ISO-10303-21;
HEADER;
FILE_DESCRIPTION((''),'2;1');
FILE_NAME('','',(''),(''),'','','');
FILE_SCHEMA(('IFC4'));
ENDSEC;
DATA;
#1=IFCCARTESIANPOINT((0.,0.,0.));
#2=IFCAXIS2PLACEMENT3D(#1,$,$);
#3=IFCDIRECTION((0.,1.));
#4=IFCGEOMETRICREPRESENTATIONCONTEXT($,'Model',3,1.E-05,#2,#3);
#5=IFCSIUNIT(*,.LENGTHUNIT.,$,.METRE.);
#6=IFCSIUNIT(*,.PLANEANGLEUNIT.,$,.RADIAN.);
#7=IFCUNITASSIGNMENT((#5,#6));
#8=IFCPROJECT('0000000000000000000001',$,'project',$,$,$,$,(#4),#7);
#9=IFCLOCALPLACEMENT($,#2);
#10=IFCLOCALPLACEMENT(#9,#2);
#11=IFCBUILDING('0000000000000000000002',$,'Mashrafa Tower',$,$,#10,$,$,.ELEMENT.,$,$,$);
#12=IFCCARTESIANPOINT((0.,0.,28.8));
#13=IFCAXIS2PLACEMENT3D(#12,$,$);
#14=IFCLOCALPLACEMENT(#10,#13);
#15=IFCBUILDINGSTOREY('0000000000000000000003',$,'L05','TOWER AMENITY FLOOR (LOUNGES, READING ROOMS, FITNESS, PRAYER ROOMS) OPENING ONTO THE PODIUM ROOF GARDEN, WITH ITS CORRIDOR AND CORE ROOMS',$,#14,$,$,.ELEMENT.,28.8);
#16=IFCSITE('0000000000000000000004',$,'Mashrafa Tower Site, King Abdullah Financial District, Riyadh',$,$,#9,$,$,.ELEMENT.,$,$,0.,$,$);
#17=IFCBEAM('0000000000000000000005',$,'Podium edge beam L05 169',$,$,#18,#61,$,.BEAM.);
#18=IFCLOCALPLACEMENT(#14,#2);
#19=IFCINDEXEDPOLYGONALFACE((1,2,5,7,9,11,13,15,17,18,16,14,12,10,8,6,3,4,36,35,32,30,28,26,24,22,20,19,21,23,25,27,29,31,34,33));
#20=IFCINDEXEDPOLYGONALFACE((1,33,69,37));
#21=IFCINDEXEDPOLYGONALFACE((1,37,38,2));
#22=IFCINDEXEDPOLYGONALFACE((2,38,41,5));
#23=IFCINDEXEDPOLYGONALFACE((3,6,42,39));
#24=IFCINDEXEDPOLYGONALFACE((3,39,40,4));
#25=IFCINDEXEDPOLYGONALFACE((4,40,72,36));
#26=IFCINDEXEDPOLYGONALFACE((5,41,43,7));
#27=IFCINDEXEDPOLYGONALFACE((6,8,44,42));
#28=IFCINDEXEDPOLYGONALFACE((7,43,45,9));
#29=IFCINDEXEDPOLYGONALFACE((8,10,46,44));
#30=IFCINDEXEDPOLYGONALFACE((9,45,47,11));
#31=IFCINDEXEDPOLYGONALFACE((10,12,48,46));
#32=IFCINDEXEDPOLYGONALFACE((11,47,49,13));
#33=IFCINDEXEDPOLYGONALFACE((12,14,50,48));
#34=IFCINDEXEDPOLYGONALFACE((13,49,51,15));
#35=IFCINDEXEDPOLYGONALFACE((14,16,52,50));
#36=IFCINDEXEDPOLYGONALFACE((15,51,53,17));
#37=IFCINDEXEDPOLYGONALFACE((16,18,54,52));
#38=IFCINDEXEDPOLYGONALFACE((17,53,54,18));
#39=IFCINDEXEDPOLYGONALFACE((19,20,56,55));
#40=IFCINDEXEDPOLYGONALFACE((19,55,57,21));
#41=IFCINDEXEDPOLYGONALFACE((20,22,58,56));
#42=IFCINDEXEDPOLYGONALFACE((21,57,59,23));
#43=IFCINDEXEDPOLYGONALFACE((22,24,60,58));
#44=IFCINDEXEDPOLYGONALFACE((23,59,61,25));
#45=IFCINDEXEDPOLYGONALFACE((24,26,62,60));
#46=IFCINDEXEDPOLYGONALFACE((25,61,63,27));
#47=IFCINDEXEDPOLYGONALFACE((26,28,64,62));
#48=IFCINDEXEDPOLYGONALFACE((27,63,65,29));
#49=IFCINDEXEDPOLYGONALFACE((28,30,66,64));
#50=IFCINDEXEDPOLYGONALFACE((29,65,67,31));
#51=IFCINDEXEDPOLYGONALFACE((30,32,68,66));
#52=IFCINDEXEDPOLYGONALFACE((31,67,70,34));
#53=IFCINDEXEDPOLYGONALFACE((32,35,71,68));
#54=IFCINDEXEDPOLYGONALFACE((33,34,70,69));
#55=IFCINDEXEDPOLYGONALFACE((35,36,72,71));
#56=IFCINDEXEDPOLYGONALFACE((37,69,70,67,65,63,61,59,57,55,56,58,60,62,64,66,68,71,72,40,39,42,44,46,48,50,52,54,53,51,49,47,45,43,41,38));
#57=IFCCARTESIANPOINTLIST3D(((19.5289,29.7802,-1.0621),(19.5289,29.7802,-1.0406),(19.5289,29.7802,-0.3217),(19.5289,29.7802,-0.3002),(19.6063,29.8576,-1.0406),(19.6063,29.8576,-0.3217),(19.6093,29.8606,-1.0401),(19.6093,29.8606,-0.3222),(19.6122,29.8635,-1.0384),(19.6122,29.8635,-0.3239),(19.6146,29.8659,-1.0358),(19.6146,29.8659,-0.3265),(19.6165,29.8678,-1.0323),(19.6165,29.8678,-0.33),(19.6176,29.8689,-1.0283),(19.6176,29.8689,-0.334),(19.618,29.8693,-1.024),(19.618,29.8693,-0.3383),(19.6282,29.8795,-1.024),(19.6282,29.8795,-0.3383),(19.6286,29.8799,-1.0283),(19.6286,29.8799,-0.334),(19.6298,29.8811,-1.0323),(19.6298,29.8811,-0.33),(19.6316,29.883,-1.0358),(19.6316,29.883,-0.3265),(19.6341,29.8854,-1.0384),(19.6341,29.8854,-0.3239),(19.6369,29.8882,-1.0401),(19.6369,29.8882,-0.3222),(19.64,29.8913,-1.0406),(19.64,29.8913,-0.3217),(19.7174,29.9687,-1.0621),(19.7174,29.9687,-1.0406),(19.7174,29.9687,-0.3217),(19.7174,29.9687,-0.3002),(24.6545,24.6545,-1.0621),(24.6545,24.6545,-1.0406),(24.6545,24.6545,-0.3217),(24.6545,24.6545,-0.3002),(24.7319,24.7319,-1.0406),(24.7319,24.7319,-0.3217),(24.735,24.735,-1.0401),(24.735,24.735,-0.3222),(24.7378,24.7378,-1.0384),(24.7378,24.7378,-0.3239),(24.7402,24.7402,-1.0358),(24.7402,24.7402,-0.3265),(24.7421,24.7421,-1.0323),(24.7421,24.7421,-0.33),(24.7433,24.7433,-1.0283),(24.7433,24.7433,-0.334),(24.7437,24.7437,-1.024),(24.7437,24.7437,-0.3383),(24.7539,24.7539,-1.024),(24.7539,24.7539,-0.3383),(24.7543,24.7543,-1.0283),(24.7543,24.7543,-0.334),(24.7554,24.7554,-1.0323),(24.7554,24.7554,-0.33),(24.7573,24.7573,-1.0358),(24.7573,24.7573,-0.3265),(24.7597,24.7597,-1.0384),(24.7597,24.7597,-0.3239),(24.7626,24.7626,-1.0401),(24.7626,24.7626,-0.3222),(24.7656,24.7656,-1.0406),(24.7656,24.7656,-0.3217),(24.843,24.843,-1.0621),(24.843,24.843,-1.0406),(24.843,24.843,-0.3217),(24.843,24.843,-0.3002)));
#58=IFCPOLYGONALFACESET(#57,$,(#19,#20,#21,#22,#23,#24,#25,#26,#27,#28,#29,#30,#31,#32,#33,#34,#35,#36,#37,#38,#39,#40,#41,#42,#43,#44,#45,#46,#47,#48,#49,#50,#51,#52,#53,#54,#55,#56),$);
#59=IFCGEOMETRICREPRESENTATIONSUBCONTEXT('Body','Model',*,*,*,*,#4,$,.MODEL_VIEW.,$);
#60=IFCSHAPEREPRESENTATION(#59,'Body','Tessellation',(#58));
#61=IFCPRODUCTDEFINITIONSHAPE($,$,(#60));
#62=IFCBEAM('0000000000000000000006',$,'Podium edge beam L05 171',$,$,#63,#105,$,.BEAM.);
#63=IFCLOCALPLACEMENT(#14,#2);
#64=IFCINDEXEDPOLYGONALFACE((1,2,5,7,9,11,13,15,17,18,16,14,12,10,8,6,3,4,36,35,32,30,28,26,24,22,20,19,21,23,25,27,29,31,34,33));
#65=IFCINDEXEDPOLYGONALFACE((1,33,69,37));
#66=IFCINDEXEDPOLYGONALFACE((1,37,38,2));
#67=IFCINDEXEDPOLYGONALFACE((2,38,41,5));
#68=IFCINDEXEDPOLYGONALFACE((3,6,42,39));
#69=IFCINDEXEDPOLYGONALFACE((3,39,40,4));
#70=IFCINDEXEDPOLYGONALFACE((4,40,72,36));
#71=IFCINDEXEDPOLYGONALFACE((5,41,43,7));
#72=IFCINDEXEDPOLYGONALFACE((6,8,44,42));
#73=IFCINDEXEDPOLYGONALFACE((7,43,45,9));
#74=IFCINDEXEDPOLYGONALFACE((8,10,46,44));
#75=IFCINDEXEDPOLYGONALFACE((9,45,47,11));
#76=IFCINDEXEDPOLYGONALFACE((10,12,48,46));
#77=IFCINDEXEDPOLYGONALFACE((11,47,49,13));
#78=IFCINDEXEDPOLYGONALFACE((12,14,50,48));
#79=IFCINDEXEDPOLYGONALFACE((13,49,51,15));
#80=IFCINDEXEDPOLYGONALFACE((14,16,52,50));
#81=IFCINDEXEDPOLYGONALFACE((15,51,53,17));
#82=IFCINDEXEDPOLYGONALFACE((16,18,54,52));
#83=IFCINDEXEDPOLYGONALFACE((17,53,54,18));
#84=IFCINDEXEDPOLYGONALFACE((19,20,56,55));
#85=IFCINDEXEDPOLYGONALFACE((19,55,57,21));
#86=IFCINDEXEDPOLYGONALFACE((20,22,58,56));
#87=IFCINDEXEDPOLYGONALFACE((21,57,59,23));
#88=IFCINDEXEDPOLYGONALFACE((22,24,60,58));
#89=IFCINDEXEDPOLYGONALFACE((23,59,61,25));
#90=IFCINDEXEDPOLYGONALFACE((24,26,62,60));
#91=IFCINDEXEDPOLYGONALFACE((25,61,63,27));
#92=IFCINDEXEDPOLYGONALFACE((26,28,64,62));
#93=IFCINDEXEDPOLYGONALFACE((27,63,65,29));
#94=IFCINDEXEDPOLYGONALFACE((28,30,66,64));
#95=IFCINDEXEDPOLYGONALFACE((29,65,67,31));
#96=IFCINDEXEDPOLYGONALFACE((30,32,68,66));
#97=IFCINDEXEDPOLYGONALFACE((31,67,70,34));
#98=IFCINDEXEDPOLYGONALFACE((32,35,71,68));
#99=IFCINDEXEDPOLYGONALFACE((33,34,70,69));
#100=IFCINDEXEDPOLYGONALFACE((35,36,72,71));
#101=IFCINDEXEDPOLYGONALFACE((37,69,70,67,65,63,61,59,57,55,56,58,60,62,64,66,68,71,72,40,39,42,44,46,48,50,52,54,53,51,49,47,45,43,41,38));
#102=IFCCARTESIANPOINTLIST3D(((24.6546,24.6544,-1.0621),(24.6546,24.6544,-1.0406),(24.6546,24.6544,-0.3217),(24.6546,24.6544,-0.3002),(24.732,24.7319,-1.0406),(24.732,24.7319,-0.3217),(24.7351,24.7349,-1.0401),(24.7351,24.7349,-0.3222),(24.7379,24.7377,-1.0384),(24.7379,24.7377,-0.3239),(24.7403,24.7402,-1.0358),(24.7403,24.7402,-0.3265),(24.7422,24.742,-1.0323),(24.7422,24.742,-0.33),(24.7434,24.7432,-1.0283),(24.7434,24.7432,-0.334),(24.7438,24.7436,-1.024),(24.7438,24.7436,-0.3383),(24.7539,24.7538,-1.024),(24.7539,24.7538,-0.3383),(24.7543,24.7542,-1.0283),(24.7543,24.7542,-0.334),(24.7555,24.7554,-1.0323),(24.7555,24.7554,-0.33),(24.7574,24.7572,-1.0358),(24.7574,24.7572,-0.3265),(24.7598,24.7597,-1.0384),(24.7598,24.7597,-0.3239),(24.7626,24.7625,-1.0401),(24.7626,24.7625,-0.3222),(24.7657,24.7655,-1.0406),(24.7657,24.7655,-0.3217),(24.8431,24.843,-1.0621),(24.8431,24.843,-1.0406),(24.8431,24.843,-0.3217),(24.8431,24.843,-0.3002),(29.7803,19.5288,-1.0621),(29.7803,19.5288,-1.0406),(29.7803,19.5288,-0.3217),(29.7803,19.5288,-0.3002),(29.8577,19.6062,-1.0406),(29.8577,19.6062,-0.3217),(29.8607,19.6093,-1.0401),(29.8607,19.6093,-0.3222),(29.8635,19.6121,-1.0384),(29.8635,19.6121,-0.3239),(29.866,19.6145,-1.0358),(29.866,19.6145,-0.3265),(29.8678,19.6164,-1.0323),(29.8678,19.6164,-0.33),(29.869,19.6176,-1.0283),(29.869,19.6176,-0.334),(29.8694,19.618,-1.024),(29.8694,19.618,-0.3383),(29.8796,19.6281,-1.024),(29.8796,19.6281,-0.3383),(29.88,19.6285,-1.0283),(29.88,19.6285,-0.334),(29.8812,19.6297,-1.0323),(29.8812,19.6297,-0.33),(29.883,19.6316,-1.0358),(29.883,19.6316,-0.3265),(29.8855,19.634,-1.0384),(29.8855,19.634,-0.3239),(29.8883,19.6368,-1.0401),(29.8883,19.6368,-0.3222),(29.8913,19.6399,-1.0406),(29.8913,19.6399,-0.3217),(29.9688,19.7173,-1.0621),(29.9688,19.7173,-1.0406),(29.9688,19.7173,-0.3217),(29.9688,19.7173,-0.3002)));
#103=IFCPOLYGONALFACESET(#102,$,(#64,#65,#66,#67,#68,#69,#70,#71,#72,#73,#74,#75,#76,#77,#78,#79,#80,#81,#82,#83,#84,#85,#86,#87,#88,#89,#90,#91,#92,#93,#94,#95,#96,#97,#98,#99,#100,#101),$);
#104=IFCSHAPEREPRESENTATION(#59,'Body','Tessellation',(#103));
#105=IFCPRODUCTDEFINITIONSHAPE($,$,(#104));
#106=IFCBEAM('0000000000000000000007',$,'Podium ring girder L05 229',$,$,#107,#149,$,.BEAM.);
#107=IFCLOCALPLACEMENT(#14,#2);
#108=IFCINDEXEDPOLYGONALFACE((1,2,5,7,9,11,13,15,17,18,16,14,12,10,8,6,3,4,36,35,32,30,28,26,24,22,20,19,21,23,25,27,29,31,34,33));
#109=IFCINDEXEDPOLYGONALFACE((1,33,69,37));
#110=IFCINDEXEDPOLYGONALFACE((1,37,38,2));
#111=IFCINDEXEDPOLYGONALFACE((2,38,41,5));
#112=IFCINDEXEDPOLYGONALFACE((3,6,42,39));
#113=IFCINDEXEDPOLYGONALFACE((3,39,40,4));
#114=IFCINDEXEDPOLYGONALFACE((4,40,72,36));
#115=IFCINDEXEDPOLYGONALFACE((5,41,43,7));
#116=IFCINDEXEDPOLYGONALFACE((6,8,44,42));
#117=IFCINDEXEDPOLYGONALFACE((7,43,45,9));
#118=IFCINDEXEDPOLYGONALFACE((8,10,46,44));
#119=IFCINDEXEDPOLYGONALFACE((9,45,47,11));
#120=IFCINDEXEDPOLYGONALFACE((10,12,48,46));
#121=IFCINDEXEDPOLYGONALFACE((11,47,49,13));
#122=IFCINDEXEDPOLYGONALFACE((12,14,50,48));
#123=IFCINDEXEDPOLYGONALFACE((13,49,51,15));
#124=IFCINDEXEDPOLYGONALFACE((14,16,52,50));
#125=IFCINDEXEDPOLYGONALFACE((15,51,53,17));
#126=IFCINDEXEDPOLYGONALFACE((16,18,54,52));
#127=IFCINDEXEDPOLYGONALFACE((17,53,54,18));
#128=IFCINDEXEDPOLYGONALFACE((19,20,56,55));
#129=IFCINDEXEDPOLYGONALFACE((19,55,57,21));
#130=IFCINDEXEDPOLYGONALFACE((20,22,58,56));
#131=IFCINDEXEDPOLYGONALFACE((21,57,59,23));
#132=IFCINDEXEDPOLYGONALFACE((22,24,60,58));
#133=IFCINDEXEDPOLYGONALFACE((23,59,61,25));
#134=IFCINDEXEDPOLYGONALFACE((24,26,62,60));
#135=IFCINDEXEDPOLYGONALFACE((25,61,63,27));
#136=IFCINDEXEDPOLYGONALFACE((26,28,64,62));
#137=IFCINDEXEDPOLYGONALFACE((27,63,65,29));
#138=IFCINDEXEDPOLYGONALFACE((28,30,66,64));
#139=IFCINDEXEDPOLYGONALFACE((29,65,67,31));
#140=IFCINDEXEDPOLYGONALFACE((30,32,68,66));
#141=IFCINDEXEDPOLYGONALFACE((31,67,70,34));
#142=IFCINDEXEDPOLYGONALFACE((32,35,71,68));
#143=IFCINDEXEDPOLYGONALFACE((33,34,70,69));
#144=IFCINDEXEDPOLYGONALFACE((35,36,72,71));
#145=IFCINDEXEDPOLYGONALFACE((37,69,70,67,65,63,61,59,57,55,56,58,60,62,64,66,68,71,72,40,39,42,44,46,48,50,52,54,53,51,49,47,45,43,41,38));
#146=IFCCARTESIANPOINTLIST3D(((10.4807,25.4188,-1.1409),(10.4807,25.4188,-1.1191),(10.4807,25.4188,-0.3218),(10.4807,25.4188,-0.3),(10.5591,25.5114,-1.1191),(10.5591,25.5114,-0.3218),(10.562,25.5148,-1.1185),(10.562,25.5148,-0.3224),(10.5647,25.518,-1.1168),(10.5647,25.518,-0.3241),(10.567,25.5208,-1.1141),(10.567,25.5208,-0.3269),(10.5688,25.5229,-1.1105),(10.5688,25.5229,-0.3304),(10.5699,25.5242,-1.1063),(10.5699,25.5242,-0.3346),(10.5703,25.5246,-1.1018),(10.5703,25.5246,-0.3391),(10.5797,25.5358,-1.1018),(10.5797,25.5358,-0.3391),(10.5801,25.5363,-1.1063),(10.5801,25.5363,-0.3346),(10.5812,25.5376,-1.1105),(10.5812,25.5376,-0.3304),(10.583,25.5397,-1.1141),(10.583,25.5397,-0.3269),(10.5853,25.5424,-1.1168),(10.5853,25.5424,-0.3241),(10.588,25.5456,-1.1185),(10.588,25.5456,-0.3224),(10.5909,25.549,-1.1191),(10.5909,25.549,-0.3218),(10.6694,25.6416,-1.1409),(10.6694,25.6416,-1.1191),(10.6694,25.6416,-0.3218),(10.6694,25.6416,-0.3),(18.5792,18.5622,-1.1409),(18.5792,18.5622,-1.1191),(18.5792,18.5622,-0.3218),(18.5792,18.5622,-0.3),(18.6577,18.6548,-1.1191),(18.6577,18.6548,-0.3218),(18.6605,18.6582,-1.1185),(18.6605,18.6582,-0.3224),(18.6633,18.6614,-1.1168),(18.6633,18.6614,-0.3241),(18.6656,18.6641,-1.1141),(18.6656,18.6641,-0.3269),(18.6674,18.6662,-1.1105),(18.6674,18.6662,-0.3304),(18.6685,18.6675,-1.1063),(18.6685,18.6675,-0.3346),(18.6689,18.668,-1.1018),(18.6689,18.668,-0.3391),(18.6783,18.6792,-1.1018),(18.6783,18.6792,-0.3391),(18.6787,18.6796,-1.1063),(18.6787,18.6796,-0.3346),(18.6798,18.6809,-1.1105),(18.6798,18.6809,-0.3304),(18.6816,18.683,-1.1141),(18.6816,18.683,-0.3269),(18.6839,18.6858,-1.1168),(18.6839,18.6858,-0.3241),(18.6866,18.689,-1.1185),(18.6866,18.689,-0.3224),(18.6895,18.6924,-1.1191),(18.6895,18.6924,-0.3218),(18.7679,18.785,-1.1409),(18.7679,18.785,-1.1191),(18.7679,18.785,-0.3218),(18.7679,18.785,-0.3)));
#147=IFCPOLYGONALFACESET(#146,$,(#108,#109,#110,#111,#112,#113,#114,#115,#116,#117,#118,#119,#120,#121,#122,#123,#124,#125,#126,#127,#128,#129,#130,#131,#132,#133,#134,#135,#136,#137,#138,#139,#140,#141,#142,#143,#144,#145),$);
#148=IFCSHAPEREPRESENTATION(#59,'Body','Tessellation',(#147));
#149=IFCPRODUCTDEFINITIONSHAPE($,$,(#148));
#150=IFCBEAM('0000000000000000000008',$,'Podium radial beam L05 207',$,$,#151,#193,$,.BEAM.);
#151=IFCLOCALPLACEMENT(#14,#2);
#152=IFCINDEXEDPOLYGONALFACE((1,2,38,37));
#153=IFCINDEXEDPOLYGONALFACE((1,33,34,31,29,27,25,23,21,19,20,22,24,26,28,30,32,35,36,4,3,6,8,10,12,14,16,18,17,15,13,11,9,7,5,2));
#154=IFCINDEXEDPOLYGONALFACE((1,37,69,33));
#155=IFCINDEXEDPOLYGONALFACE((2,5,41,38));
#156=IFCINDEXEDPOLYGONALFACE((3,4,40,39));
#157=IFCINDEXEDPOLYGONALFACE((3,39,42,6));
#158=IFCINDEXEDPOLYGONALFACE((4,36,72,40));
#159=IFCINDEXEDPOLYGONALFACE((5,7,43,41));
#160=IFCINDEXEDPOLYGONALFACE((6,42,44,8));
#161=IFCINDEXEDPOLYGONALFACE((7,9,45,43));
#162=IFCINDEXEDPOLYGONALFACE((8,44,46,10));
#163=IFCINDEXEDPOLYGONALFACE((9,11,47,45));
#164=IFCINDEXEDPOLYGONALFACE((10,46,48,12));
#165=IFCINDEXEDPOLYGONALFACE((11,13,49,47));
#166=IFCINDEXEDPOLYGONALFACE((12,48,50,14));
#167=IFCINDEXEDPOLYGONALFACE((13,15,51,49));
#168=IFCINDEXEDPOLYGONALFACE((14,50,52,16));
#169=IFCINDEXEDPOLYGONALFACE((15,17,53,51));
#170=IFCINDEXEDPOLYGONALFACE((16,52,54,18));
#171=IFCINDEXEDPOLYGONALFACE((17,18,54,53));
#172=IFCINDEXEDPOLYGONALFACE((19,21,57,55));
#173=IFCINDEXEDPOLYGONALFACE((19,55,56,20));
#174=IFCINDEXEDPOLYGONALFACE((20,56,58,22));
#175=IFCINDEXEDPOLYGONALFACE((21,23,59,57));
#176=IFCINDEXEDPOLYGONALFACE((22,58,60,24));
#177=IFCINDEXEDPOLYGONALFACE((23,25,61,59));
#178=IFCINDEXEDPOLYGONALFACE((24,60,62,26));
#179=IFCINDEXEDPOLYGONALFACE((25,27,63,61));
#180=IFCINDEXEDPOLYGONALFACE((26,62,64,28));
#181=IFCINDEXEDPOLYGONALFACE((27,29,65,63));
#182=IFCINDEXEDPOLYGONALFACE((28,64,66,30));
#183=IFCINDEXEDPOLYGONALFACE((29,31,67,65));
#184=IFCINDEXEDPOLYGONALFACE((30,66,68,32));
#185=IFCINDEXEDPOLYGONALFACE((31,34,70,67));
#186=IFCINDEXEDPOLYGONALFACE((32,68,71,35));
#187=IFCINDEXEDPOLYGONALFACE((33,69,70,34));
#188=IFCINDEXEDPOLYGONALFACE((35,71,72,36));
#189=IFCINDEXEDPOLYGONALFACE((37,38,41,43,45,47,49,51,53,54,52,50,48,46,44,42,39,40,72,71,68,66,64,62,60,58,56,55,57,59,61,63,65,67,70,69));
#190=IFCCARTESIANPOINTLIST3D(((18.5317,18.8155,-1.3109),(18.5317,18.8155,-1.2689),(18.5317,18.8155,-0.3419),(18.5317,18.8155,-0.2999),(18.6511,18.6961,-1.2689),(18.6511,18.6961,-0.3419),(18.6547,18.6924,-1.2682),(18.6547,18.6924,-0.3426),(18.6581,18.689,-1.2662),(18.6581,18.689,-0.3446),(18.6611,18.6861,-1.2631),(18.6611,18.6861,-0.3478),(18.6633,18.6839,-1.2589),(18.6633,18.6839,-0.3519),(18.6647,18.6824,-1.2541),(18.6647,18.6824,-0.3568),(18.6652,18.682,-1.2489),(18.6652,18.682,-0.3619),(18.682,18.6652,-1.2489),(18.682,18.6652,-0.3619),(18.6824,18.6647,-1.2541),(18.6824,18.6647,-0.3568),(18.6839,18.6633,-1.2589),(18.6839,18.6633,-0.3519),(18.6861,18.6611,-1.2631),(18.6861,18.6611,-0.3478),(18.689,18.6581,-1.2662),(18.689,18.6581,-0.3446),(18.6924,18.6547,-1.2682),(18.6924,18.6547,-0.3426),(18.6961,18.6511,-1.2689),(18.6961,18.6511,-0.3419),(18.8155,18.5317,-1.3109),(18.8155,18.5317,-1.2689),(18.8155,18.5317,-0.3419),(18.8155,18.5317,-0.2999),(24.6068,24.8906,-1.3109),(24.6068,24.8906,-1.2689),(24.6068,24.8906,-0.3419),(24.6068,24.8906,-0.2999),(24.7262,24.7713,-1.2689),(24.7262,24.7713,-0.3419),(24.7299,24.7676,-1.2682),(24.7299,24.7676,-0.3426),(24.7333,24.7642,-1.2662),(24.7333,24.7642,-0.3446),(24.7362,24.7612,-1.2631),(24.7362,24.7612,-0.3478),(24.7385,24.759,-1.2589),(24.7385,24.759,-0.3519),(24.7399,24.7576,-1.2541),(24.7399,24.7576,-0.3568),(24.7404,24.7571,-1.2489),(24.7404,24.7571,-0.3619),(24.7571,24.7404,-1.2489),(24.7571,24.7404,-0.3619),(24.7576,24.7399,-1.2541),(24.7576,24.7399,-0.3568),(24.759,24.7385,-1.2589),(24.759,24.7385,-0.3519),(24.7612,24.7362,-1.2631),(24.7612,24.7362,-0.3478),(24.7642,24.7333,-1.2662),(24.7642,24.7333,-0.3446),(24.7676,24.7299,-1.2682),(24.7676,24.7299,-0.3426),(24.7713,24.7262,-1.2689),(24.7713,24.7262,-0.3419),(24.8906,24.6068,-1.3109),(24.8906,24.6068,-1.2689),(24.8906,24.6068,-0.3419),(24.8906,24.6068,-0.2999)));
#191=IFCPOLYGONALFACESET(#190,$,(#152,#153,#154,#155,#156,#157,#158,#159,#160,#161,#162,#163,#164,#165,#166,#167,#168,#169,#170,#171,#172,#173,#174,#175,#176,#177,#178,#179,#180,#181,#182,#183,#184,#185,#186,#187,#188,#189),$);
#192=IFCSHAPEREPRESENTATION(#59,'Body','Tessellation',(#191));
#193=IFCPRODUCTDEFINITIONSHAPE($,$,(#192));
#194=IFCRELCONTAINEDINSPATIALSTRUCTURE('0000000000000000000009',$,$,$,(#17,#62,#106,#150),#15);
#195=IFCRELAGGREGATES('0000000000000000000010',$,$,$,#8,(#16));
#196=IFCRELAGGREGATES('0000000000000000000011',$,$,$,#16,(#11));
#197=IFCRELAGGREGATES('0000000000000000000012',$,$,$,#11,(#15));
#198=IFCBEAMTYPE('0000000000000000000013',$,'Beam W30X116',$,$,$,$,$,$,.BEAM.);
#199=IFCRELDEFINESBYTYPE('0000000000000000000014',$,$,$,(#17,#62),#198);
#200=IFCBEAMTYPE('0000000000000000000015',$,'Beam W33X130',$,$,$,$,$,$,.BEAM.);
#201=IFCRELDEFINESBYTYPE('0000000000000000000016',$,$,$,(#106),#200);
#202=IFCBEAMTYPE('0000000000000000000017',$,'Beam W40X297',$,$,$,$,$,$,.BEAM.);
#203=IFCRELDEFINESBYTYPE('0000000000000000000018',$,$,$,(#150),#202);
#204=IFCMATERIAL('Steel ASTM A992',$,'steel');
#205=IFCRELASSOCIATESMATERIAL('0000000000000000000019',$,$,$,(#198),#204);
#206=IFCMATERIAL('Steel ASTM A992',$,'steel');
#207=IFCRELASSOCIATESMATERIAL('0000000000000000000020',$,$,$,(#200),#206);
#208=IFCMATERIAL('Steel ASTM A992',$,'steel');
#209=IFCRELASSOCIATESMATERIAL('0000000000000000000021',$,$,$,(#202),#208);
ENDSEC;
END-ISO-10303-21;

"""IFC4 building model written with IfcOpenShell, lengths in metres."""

from ifc_helpers import new_model, si_unit, direction, frame, origin, origin_2d, place, context, subcontext, project, spatial, i_section, extrude, material, material_profile, profile_set, type_object, element, save


model = new_model("IFC4")

# Units and contexts
model_context = context("Model", 3, precision=1e-05, world=origin(), true_north=direction((0.0, 1.0)))
body_context = subcontext(model_context, "Body", "Model", "MODEL_VIEW")
ifc_project = project(units=[si_unit("LENGTHUNIT", "METRE"), si_unit("PLANEANGLEUNIT", "RADIAN")], contexts=[model_context])

# Site, building, storey
site_placement = place(None, origin())
site = spatial("IfcSite", under=ifc_project, at=site_placement, Name="Mashrafa Tower Site, King Abdullah Financial District, Riyadh", CompositionType="ELEMENT", RefElevation=0.0)
building_placement = place(site_placement, origin())
building = spatial("IfcBuilding", under=site, at=building_placement, Name="Mashrafa Tower", CompositionType="ELEMENT")
storey_placement = place(building_placement, frame((0.0, 0.0, 28.8)))
storey = spatial("IfcBuildingStorey", under=building, at=storey_placement, Name="L05", Description="TOWER AMENITY FLOOR (LOUNGES, READING ROOMS, FITNESS, PRAYER ROOMS) OPENING ONTO THE PODIUM ROOF GARDEN, WITH ITS CORRIDOR AND CORE ROOMS", CompositionType="ELEMENT", Elevation=28.8)

# Beams
ifc_material_1 = material(Name="Steel ASTM A992", Category="steel")
ifc_material_profile_1 = material_profile(ifc_material_1, i_section(OverallWidth=0.2666, OverallDepth=0.762, WebThickness=0.0144, FlangeThickness=0.0215, FilletRadius=0.0166, at=origin_2d()), Name="W30X116")
ifc_profile_set_1 = profile_set([ifc_material_profile_1], Name="Steel ASTM A992")
beam_type_1 = type_object("IfcBeamType", Name="Beam W30X116", PredefinedType="BEAM", material=ifc_profile_set_1)
for number, where, z_axis, x_axis, name in (
    (1, (24.7488, 24.7488, -0.6812), (-0.707107, 0.707107, 0.0), (-0.707107, -0.707107, 0.0), "Podium edge beam L05 169"),
    (2, (29.8745, 19.623, -0.6812), (-0.707107, 0.707107, 0.0), (-0.707107, -0.707107, 0.0), "Podium edge beam L05 171"),
):
    element("IfcBeam", number, at=place(storey_placement, frame(where, z_axis=z_axis, x_axis=x_axis)), inside=storey, type_object=beam_type_1, Name=name, PredefinedType="BEAM", context=body_context, shape_type="SweptSolid", body=[
        extrude(i_section(OverallWidth=0.2666, OverallDepth=0.762, WebThickness=0.0144, FlangeThickness=0.0215, FilletRadius=0.0166, at=origin_2d()), origin(), (0.0, 0.0, 1.0), 7.2488),
    ])
ifc_material_2 = material(Name="Steel ASTM A992", Category="steel")
ifc_material_profile_2 = material_profile(ifc_material_2, i_section(OverallWidth=0.292, OverallDepth=0.8408, WebThickness=0.0146, FlangeThickness=0.0217, FilletRadius=0.0173, at=origin_2d()), Name="W33X130")
ifc_profile_set_2 = profile_set([ifc_material_profile_2], Name="Steel ASTM A992")
beam_type_2 = type_object("IfcBeamType", Name="Beam W33X130", PredefinedType="BEAM", material=ifc_profile_set_2)
beam_1_placement = place(storey_placement, frame((18.6736, 18.6736, -0.7205), z_axis=(-0.7632, 0.646162, 0.0), x_axis=(-0.646162, -0.7632, 0.0)))
element("IfcBeam", 3, at=beam_1_placement, inside=storey, type_object=beam_type_2, Name="Podium ring girder L05 229", PredefinedType="BEAM", context=body_context, shape_type="SweptSolid", body=[
    extrude(i_section(OverallWidth=0.292, OverallDepth=0.8408, WebThickness=0.0146, FlangeThickness=0.0217, FilletRadius=0.0173, at=origin_2d()), origin(), (0.0, 0.0, 1.0), 10.6113),
])
ifc_material_3 = material(Name="Steel ASTM A992", Category="steel")
ifc_material_profile_3 = material_profile(ifc_material_3, i_section(OverallWidth=0.4014, OverallDepth=1.011, WebThickness=0.0237, FlangeThickness=0.042, FilletRadius=0.02, at=origin_2d()), Name="W40X297")
ifc_profile_set_3 = profile_set([ifc_material_profile_3], Name="Steel ASTM A992")
beam_type_3 = type_object("IfcBeamType", Name="Beam W40X297", PredefinedType="BEAM", material=ifc_profile_set_3)
beam_2_placement = place(storey_placement, frame((18.6736, 18.6736, -0.8054), z_axis=(0.707107, 0.707107, 0.0), x_axis=(-0.707107, 0.707107, 0.0)))
element("IfcBeam", 4, at=beam_2_placement, inside=storey, type_object=beam_type_3, Name="Podium radial beam L05 207", PredefinedType="BEAM", context=body_context, shape_type="SweptSolid", body=[
    extrude(i_section(OverallWidth=0.4014, OverallDepth=1.011, WebThickness=0.0237, FlangeThickness=0.042, FilletRadius=0.02, at=origin_2d()), origin(), (0.0, 0.0, 1.0), 8.5916),
])

save(model, "model.ifc")
